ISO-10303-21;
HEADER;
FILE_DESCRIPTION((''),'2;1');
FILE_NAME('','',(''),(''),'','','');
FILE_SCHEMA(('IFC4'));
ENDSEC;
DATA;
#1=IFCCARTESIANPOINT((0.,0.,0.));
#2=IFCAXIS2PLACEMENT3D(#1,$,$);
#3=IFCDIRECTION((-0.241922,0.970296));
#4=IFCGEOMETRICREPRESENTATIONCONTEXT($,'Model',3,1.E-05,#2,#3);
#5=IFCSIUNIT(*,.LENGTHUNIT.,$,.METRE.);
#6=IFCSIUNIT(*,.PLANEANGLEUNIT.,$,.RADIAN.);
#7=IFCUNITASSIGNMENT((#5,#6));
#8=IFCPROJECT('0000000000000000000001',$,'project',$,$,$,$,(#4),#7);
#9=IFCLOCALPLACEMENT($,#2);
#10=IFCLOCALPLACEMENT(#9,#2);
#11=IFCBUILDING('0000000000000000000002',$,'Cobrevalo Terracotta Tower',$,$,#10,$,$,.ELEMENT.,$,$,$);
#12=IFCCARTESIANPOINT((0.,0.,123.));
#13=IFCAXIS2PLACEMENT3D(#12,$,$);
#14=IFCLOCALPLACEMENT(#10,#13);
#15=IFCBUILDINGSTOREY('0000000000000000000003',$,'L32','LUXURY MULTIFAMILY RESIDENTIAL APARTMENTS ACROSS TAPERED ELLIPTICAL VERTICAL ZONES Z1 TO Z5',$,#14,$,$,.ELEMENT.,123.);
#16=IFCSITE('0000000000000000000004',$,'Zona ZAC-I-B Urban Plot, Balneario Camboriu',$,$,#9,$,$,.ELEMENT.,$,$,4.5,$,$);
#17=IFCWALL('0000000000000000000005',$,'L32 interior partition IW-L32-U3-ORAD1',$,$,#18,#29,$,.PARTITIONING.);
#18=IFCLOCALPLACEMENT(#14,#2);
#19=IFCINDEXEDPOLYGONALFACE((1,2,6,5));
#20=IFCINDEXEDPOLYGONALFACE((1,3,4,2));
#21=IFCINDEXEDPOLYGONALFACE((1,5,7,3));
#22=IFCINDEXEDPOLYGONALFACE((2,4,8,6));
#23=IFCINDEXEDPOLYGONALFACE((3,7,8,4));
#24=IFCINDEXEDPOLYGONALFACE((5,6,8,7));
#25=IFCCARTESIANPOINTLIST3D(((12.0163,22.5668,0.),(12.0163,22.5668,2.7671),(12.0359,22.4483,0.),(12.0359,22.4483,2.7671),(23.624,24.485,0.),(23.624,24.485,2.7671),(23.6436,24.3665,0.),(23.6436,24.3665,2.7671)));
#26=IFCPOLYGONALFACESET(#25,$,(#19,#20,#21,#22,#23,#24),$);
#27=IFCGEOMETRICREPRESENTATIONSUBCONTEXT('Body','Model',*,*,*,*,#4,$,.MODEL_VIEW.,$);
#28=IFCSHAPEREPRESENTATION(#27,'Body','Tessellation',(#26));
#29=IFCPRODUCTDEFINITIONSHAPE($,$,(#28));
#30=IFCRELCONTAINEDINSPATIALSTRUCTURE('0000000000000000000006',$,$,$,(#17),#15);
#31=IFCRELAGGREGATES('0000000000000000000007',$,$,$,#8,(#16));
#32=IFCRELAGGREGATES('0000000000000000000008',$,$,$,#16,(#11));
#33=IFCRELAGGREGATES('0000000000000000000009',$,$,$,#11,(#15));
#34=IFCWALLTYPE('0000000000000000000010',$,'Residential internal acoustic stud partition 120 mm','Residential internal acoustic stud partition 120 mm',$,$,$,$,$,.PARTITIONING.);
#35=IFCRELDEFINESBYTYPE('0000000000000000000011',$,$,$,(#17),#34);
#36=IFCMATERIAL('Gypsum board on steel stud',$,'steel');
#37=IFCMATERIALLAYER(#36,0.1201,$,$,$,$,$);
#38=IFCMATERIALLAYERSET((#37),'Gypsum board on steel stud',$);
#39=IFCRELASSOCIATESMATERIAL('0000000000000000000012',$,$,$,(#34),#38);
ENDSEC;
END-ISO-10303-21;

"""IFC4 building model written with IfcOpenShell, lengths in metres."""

from ifc_helpers import new_model, si_unit, direction, frame, frame_2d, origin, place, context, subcontext, project, spatial, rectangle, extrude, material, layer, layer_set, type_object, element, save


model = new_model("IFC4")

# Units and contexts
model_context = context("Model", 3, precision=1e-05, world=origin(), true_north=direction((-0.241922, 0.970296)))
body_context = subcontext(model_context, "Body", "Model", "MODEL_VIEW")
ifc_project = project(units=[si_unit("LENGTHUNIT", "METRE"), si_unit("PLANEANGLEUNIT", "RADIAN")], contexts=[model_context])

# Site, building, storey
site_placement = place(None, origin())
site = spatial("IfcSite", under=ifc_project, at=site_placement, Name="Zona ZAC-I-B Urban Plot, Balneario Camboriu", CompositionType="ELEMENT", RefElevation=4.5)
building_placement = place(site_placement, origin())
building = spatial("IfcBuilding", under=site, at=building_placement, Name="Cobrevalo Terracotta Tower", CompositionType="ELEMENT")
storey_placement = place(building_placement, frame((0.0, 0.0, 123.0)))
storey = spatial("IfcBuildingStorey", under=building, at=storey_placement, Name="L32", Description="LUXURY MULTIFAMILY RESIDENTIAL APARTMENTS ACROSS TAPERED ELLIPTICAL VERTICAL ZONES Z1 TO Z5", CompositionType="ELEMENT", Elevation=123.0)

# Wall
ifc_material_1 = material(Name="Gypsum board on steel stud", Category="steel")
ifc_layer_1 = layer(ifc_material_1, 0.1201)
ifc_layer_set_1 = layer_set([ifc_layer_1], Name="Gypsum board on steel stud")
wall_type = type_object("IfcWallType", Name="Residential internal acoustic stud partition 120 mm", Description="Residential internal acoustic stud partition 120 mm", PredefinedType="PARTITIONING", material=ifc_layer_set_1)
wall_1_placement = place(storey_placement, frame((23.6338, 24.4258, 0.0), z_axis=(0.0, 0.0, 1.0), x_axis=(-0.986619, -0.163043, 0.0)))
element("IfcWall", 1, at=wall_1_placement, inside=storey, type_object=wall_type, Name="L32 interior partition IW-L32-U3-ORAD1", PredefinedType="PARTITIONING", context=body_context, shape_type="SweptSolid", body=[
    extrude(rectangle(XDim=11.7651, YDim=0.1201, at=frame_2d((5.8826, 0.0))), origin(), (0.0, 0.0, 1.0), 2.7671),
])

save(model, "model.ifc")
